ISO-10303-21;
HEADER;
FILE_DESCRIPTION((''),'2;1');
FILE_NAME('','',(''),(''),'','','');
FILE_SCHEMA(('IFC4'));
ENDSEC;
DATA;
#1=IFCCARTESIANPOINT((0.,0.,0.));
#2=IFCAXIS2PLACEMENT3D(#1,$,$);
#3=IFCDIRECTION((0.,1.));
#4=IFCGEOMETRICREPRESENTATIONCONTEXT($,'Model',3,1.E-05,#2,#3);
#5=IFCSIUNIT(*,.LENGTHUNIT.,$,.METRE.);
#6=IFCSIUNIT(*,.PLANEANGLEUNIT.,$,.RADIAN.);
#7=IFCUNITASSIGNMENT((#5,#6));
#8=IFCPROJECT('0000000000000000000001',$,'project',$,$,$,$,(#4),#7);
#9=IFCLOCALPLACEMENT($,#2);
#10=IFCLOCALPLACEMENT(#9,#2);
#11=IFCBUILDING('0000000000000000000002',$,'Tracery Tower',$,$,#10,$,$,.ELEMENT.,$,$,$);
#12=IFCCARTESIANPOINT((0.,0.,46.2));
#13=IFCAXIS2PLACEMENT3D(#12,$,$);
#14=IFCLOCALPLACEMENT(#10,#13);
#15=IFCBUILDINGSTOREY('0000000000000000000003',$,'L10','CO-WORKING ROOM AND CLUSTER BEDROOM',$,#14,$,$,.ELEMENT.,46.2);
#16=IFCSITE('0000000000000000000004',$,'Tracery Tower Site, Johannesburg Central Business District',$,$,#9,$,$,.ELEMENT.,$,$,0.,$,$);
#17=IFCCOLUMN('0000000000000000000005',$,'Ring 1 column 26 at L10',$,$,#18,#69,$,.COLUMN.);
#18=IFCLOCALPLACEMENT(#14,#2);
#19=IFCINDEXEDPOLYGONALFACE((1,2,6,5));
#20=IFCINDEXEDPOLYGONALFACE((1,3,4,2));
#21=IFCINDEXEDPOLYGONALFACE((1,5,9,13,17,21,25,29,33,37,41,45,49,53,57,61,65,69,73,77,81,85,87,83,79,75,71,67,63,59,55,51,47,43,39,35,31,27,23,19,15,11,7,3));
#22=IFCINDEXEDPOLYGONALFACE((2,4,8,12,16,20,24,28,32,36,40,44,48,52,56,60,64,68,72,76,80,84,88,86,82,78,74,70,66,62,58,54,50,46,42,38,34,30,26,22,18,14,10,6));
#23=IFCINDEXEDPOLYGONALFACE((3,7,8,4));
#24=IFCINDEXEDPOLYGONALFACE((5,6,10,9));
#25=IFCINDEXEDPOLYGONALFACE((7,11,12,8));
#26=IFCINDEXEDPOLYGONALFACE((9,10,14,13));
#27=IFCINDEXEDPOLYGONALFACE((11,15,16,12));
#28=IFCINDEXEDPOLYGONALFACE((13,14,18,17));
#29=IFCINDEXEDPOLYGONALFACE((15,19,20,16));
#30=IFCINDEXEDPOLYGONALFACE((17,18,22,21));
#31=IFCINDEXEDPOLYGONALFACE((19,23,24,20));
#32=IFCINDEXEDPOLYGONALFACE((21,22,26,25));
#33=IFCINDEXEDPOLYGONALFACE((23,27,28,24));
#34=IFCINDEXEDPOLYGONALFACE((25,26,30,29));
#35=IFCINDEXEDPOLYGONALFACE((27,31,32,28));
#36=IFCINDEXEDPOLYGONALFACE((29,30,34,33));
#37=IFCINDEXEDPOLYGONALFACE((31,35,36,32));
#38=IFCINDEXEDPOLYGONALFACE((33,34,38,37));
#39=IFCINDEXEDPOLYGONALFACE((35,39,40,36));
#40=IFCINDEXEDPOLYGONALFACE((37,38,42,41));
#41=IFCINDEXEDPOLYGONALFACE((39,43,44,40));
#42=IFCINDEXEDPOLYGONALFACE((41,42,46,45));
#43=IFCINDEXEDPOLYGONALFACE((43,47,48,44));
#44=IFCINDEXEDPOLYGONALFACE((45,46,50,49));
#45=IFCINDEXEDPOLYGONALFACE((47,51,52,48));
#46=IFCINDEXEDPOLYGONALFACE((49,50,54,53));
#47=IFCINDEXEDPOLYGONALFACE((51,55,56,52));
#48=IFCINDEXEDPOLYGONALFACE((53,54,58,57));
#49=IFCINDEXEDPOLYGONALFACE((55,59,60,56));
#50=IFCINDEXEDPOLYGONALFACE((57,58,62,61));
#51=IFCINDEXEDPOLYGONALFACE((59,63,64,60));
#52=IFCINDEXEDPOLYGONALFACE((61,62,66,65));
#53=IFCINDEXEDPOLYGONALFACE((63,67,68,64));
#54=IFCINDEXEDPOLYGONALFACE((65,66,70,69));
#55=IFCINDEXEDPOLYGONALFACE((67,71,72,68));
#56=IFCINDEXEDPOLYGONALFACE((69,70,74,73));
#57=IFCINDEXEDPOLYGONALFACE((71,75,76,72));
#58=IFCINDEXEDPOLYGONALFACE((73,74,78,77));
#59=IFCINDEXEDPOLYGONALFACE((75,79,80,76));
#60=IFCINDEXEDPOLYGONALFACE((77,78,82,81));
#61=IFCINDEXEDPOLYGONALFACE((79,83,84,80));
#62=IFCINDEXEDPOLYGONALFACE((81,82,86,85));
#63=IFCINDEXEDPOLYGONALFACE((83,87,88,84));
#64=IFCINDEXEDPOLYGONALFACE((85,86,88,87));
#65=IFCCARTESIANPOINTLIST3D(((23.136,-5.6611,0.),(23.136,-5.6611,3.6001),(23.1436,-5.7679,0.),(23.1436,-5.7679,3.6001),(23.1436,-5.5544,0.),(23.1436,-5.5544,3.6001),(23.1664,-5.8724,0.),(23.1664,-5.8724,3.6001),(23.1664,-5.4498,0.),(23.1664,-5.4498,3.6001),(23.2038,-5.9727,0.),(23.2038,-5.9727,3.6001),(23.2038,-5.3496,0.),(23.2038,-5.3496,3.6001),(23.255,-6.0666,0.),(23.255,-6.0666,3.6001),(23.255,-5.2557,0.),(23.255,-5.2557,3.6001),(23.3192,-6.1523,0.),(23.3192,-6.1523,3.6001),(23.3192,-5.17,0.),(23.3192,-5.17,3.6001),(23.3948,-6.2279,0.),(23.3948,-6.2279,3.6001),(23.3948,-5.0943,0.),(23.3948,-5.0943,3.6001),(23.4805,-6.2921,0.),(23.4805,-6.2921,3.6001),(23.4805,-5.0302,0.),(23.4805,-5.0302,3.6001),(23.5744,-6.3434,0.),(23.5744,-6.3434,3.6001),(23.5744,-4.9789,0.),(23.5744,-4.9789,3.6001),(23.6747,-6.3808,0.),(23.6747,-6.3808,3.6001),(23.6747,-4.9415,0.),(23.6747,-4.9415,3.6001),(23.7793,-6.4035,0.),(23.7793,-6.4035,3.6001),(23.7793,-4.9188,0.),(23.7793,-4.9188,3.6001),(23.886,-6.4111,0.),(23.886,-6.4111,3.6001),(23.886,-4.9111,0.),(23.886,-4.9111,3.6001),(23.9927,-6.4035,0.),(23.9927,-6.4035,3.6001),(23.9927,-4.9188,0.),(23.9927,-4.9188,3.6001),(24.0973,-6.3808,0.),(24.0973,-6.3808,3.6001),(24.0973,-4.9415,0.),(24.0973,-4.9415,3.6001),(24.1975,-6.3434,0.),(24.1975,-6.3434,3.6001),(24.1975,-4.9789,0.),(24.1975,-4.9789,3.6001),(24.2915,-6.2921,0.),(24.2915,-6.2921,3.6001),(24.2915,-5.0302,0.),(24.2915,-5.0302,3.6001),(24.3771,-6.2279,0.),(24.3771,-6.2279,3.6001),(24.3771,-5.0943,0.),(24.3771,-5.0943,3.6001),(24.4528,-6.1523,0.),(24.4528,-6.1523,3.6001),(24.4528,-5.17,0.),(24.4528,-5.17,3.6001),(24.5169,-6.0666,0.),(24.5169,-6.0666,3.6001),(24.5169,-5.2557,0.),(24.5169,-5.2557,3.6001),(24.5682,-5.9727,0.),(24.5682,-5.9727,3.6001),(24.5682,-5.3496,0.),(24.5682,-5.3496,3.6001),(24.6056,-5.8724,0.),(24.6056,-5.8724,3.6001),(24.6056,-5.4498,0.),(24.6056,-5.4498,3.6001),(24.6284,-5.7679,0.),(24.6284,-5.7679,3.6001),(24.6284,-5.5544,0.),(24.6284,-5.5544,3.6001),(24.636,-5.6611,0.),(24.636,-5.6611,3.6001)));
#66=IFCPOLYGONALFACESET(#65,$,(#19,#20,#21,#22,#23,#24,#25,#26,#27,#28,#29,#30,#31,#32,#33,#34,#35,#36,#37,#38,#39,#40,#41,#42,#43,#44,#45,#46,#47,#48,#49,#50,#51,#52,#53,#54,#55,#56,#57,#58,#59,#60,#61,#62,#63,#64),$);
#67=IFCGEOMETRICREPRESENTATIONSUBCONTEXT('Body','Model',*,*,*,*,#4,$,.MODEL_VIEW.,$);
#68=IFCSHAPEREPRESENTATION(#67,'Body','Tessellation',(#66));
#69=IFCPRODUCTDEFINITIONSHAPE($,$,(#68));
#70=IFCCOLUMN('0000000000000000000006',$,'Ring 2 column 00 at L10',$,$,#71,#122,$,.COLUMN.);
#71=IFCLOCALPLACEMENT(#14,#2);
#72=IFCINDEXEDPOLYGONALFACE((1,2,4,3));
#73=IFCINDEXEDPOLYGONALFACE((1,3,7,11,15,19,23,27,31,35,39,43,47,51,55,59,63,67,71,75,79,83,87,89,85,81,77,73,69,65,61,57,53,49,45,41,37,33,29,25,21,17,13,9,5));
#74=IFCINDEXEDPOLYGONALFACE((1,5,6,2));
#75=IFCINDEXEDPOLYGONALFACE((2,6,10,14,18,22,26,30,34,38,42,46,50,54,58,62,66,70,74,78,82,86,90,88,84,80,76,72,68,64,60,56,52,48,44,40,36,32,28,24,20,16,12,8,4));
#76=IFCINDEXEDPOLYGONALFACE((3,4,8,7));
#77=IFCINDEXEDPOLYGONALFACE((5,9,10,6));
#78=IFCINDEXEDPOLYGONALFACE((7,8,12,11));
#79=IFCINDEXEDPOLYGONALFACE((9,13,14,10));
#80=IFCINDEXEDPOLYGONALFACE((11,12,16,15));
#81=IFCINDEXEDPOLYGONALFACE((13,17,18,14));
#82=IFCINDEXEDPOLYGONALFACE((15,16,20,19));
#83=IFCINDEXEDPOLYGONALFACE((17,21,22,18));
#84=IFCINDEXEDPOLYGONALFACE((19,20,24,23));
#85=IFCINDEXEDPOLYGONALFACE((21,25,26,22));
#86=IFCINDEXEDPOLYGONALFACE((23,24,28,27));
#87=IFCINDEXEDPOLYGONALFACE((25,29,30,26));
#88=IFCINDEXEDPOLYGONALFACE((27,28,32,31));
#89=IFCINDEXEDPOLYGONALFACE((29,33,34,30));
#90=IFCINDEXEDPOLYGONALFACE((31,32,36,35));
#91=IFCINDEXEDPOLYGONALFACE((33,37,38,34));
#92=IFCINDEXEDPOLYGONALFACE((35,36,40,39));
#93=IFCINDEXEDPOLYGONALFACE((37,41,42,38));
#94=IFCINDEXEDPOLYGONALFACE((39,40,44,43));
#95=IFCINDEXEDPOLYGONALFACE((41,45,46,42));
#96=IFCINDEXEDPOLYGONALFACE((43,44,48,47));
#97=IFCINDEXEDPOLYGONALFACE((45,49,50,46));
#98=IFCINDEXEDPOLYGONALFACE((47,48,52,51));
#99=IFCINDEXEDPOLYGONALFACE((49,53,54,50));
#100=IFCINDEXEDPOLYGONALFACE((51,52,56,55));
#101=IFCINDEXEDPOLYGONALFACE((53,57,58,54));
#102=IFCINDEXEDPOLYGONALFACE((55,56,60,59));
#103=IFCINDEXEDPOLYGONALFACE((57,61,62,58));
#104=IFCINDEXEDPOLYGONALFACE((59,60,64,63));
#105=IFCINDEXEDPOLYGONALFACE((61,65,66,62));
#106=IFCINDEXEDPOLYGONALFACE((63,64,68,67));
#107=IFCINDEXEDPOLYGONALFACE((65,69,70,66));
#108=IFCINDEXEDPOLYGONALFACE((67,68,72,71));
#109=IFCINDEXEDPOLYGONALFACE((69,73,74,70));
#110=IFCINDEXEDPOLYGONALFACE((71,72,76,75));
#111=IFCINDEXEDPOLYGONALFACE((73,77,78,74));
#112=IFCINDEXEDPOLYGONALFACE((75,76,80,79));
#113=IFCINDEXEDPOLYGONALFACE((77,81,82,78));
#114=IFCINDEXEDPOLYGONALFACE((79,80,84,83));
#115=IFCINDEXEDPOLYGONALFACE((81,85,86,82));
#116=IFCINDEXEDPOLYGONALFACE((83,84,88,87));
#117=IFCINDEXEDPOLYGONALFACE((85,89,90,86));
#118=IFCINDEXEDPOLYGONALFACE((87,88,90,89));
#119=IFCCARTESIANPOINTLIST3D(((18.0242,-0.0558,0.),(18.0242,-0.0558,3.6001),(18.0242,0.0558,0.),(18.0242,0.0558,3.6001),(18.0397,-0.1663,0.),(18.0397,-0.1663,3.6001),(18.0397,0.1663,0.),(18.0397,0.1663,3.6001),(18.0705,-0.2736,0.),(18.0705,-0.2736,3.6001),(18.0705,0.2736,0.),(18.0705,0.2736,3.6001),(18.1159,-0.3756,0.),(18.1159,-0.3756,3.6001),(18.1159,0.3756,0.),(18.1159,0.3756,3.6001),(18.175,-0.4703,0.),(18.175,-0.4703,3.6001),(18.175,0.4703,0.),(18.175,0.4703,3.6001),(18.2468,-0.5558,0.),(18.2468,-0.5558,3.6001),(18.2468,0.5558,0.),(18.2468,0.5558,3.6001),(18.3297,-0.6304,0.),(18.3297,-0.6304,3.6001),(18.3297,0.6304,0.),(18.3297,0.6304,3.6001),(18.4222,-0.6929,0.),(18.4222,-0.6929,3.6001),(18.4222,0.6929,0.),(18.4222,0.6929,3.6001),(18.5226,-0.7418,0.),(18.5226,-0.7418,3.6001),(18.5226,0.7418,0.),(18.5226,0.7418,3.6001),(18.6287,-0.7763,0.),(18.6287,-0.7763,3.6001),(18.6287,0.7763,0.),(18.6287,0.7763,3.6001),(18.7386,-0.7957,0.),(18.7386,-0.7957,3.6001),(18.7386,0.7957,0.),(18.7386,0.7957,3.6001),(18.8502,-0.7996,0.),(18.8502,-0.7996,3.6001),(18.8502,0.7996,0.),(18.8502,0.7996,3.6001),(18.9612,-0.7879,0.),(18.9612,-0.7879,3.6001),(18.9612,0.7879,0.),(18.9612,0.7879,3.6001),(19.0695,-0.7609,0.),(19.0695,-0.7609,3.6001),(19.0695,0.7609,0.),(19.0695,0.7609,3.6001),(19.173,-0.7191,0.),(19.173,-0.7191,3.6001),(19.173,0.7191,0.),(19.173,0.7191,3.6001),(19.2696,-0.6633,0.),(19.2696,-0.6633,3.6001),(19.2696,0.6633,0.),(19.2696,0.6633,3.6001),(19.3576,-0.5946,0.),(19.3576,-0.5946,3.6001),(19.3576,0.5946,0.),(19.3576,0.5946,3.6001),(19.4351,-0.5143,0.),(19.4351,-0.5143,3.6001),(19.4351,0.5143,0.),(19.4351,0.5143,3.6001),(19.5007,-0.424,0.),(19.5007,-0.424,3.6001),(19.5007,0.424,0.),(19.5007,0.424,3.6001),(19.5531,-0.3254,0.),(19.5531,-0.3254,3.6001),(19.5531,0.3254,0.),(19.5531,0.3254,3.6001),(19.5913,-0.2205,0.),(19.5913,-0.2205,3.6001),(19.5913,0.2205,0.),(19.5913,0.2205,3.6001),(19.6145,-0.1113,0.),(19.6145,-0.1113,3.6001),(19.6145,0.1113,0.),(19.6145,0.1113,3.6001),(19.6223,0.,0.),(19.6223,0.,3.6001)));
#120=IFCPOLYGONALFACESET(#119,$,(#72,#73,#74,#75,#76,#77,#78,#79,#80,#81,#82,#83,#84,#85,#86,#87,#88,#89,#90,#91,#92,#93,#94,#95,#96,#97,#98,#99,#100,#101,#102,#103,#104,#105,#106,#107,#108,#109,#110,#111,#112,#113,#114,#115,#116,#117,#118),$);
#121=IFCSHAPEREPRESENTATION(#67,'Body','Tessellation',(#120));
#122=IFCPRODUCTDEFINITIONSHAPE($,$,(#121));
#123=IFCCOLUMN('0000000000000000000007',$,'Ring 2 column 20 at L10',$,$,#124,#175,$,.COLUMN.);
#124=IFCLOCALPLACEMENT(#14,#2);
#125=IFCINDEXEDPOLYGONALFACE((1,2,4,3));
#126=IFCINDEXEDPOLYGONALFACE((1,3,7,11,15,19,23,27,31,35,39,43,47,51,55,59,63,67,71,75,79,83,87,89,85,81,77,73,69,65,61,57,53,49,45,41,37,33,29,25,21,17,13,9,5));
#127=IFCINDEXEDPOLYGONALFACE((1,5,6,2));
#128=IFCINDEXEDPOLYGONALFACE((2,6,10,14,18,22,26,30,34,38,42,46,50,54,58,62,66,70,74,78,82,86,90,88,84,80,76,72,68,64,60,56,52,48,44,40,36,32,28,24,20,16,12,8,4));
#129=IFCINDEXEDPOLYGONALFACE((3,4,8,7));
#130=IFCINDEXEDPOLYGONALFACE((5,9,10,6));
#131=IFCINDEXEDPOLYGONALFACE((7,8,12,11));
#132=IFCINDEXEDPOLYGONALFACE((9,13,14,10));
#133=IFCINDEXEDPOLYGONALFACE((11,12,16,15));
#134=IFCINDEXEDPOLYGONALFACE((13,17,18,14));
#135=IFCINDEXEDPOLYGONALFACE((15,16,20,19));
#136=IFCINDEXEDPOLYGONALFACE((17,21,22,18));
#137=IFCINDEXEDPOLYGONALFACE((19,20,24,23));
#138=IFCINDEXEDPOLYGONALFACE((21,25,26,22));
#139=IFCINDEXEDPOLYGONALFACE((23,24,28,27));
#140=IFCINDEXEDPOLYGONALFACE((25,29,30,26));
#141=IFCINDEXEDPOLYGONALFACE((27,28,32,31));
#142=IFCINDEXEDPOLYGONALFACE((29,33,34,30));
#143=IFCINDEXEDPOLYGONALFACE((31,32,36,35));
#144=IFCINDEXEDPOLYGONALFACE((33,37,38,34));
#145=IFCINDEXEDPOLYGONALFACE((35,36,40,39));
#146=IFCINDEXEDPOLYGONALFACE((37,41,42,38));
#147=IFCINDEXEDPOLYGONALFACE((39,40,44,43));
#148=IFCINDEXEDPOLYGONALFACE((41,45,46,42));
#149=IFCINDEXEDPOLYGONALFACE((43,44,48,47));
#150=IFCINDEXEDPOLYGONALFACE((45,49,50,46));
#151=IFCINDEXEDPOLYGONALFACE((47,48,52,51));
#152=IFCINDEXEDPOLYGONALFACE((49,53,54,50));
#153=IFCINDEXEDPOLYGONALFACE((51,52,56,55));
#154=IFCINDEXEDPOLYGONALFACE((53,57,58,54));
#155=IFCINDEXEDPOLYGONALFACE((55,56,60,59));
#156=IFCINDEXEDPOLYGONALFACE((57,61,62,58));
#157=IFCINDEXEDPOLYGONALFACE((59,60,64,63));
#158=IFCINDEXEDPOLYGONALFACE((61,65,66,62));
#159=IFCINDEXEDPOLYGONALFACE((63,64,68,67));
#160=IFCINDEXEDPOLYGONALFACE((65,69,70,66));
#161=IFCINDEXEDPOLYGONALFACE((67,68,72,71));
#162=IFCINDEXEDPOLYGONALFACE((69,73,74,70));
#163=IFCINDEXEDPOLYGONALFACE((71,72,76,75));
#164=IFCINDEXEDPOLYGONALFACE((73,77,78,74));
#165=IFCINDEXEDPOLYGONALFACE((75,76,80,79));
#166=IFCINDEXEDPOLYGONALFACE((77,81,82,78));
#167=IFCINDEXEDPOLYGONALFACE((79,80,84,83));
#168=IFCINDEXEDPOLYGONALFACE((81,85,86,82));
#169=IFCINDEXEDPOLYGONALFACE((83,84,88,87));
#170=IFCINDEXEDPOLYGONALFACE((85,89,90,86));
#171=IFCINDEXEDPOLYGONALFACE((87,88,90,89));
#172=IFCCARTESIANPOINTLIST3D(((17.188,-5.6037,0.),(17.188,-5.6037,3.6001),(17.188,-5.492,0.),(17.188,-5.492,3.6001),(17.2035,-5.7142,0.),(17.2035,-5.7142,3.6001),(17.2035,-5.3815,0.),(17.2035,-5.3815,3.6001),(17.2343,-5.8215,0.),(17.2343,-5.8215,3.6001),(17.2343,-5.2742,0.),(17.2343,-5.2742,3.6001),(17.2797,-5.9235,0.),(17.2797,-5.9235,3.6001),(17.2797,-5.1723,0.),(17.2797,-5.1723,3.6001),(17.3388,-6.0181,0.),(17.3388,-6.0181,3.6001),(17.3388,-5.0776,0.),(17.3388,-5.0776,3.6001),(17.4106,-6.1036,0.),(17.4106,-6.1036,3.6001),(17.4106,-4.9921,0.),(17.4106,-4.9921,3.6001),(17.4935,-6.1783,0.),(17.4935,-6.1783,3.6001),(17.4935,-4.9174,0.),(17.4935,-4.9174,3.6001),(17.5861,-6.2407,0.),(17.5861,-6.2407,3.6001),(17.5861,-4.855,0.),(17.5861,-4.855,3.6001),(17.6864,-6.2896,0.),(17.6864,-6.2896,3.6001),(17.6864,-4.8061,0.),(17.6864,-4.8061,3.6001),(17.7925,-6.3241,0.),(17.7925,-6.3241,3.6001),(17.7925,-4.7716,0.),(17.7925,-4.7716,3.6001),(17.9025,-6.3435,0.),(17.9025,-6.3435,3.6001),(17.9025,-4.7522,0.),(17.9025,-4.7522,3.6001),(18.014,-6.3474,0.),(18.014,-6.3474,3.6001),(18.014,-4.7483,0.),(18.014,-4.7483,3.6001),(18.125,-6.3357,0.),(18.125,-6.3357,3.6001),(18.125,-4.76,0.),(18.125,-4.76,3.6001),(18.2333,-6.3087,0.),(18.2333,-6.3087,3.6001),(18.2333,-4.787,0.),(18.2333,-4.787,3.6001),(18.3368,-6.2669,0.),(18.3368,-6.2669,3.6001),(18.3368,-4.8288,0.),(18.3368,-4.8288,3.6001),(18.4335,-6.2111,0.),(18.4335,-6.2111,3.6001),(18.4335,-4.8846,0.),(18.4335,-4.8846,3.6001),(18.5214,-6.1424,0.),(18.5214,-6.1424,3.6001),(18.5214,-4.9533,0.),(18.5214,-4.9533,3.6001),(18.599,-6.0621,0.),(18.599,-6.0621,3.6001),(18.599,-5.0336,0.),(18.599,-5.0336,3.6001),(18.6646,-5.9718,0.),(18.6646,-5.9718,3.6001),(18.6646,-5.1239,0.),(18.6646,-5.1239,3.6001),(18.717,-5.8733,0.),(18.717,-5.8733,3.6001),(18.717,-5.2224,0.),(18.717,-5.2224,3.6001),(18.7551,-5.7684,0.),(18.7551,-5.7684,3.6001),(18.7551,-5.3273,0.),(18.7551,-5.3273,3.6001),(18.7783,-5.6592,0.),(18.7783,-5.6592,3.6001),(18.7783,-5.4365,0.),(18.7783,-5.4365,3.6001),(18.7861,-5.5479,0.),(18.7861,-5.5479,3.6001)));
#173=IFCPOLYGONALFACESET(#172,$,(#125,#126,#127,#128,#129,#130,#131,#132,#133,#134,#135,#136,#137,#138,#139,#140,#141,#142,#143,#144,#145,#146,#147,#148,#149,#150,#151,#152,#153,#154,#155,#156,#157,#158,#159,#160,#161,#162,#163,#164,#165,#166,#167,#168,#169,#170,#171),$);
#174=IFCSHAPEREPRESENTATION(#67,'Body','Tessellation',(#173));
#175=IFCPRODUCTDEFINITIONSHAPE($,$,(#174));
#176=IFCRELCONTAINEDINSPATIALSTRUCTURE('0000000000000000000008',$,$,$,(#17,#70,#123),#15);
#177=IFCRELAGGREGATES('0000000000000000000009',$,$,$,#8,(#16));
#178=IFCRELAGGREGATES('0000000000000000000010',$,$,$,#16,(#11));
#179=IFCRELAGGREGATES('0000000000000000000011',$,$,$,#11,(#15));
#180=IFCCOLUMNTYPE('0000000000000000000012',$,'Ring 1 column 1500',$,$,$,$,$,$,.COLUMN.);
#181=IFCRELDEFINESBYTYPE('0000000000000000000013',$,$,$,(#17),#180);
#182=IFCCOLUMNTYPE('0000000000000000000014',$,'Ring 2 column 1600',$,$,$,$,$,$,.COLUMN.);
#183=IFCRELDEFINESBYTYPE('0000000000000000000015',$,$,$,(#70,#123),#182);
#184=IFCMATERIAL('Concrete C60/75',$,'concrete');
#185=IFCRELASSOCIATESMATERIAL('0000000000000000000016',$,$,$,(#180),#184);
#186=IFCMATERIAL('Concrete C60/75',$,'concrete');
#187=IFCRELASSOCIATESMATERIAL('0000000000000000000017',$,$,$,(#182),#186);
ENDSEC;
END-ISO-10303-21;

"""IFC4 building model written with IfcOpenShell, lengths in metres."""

from ifc_helpers import new_model, si_unit, direction, frame, origin, origin_2d, place, context, subcontext, project, spatial, circle, extrude, material, material_profile, profile_set, type_object, element, save


model = new_model("IFC4")

# Units and contexts
model_context = context("Model", 3, precision=1e-05, world=origin(), true_north=direction((0.0, 1.0)))
body_context = subcontext(model_context, "Body", "Model", "MODEL_VIEW")
ifc_project = project(units=[si_unit("LENGTHUNIT", "METRE"), si_unit("PLANEANGLEUNIT", "RADIAN")], contexts=[model_context])

# Site, building, storey
site_placement = place(None, origin())
site = spatial("IfcSite", under=ifc_project, at=site_placement, Name="Tracery Tower Site, Johannesburg Central Business District", CompositionType="ELEMENT", RefElevation=0.0)
building_placement = place(site_placement, origin())
building = spatial("IfcBuilding", under=site, at=building_placement, Name="Tracery Tower", CompositionType="ELEMENT")
storey_placement = place(building_placement, frame((0.0, 0.0, 46.2)))
storey = spatial("IfcBuildingStorey", under=building, at=storey_placement, Name="L10", Description="CO-WORKING ROOM AND CLUSTER BEDROOM", CompositionType="ELEMENT", Elevation=46.2)

# Columns
ifc_material_1 = material(Name="Concrete C60/75", Category="concrete")
ifc_material_profile_1 = material_profile(ifc_material_1, circle(Radius=0.75, at=origin_2d()), Name="RC D1500")
ifc_profile_set_1 = profile_set([ifc_material_profile_1], Name="Concrete C60/75")
column_type_1 = type_object("IfcColumnType", Name="Ring 1 column 1500", PredefinedType="COLUMN", material=ifc_profile_set_1)
for number, where, z_axis, x_axis, name in (
    (1, (23.886, -5.6611, 0.0), (0.0, 0.0, 1.0), (1.0, 0.0, 0.0), "Ring 1 column 26 at L10"),
):
    element("IfcColumn", number, at=place(storey_placement, frame(where, z_axis=z_axis, x_axis=x_axis)), inside=storey, type_object=column_type_1, Name=name, PredefinedType="COLUMN", context=body_context, shape_type="SweptSolid", body=[
        extrude(circle(Radius=0.75, at=origin_2d()), origin(), (0.0, 0.0, 1.0), 3.6001),
    ])
ifc_material_2 = material(Name="Concrete C60/75", Category="concrete")
ifc_material_profile_2 = material_profile(ifc_material_2, circle(Radius=0.8, at=origin_2d()), Name="RC D1600")
ifc_profile_set_2 = profile_set([ifc_material_profile_2], Name="Concrete C60/75")
column_type_2 = type_object("IfcColumnType", Name="Ring 2 column 1600", PredefinedType="COLUMN", material=ifc_profile_set_2)
for number, where, z_axis, x_axis, name in (
    (2, (18.8223, 0.0, 0.0), (0.0, 0.0, 1.0), (1.0, 0.0, 0.0), "Ring 2 column 00 at L10"),
    (3, (17.9861, -5.5479, 0.0), (0.0, 0.0, 1.0), (1.0, 0.0, 0.0), "Ring 2 column 20 at L10"),
):
    element("IfcColumn", number, at=place(storey_placement, frame(where, z_axis=z_axis, x_axis=x_axis)), inside=storey, type_object=column_type_2, Name=name, PredefinedType="COLUMN", context=body_context, shape_type="SweptSolid", body=[
        extrude(circle(Radius=0.8, at=origin_2d()), origin(), (0.0, 0.0, 1.0), 3.6001),
    ])

save(model, "model.ifc")
